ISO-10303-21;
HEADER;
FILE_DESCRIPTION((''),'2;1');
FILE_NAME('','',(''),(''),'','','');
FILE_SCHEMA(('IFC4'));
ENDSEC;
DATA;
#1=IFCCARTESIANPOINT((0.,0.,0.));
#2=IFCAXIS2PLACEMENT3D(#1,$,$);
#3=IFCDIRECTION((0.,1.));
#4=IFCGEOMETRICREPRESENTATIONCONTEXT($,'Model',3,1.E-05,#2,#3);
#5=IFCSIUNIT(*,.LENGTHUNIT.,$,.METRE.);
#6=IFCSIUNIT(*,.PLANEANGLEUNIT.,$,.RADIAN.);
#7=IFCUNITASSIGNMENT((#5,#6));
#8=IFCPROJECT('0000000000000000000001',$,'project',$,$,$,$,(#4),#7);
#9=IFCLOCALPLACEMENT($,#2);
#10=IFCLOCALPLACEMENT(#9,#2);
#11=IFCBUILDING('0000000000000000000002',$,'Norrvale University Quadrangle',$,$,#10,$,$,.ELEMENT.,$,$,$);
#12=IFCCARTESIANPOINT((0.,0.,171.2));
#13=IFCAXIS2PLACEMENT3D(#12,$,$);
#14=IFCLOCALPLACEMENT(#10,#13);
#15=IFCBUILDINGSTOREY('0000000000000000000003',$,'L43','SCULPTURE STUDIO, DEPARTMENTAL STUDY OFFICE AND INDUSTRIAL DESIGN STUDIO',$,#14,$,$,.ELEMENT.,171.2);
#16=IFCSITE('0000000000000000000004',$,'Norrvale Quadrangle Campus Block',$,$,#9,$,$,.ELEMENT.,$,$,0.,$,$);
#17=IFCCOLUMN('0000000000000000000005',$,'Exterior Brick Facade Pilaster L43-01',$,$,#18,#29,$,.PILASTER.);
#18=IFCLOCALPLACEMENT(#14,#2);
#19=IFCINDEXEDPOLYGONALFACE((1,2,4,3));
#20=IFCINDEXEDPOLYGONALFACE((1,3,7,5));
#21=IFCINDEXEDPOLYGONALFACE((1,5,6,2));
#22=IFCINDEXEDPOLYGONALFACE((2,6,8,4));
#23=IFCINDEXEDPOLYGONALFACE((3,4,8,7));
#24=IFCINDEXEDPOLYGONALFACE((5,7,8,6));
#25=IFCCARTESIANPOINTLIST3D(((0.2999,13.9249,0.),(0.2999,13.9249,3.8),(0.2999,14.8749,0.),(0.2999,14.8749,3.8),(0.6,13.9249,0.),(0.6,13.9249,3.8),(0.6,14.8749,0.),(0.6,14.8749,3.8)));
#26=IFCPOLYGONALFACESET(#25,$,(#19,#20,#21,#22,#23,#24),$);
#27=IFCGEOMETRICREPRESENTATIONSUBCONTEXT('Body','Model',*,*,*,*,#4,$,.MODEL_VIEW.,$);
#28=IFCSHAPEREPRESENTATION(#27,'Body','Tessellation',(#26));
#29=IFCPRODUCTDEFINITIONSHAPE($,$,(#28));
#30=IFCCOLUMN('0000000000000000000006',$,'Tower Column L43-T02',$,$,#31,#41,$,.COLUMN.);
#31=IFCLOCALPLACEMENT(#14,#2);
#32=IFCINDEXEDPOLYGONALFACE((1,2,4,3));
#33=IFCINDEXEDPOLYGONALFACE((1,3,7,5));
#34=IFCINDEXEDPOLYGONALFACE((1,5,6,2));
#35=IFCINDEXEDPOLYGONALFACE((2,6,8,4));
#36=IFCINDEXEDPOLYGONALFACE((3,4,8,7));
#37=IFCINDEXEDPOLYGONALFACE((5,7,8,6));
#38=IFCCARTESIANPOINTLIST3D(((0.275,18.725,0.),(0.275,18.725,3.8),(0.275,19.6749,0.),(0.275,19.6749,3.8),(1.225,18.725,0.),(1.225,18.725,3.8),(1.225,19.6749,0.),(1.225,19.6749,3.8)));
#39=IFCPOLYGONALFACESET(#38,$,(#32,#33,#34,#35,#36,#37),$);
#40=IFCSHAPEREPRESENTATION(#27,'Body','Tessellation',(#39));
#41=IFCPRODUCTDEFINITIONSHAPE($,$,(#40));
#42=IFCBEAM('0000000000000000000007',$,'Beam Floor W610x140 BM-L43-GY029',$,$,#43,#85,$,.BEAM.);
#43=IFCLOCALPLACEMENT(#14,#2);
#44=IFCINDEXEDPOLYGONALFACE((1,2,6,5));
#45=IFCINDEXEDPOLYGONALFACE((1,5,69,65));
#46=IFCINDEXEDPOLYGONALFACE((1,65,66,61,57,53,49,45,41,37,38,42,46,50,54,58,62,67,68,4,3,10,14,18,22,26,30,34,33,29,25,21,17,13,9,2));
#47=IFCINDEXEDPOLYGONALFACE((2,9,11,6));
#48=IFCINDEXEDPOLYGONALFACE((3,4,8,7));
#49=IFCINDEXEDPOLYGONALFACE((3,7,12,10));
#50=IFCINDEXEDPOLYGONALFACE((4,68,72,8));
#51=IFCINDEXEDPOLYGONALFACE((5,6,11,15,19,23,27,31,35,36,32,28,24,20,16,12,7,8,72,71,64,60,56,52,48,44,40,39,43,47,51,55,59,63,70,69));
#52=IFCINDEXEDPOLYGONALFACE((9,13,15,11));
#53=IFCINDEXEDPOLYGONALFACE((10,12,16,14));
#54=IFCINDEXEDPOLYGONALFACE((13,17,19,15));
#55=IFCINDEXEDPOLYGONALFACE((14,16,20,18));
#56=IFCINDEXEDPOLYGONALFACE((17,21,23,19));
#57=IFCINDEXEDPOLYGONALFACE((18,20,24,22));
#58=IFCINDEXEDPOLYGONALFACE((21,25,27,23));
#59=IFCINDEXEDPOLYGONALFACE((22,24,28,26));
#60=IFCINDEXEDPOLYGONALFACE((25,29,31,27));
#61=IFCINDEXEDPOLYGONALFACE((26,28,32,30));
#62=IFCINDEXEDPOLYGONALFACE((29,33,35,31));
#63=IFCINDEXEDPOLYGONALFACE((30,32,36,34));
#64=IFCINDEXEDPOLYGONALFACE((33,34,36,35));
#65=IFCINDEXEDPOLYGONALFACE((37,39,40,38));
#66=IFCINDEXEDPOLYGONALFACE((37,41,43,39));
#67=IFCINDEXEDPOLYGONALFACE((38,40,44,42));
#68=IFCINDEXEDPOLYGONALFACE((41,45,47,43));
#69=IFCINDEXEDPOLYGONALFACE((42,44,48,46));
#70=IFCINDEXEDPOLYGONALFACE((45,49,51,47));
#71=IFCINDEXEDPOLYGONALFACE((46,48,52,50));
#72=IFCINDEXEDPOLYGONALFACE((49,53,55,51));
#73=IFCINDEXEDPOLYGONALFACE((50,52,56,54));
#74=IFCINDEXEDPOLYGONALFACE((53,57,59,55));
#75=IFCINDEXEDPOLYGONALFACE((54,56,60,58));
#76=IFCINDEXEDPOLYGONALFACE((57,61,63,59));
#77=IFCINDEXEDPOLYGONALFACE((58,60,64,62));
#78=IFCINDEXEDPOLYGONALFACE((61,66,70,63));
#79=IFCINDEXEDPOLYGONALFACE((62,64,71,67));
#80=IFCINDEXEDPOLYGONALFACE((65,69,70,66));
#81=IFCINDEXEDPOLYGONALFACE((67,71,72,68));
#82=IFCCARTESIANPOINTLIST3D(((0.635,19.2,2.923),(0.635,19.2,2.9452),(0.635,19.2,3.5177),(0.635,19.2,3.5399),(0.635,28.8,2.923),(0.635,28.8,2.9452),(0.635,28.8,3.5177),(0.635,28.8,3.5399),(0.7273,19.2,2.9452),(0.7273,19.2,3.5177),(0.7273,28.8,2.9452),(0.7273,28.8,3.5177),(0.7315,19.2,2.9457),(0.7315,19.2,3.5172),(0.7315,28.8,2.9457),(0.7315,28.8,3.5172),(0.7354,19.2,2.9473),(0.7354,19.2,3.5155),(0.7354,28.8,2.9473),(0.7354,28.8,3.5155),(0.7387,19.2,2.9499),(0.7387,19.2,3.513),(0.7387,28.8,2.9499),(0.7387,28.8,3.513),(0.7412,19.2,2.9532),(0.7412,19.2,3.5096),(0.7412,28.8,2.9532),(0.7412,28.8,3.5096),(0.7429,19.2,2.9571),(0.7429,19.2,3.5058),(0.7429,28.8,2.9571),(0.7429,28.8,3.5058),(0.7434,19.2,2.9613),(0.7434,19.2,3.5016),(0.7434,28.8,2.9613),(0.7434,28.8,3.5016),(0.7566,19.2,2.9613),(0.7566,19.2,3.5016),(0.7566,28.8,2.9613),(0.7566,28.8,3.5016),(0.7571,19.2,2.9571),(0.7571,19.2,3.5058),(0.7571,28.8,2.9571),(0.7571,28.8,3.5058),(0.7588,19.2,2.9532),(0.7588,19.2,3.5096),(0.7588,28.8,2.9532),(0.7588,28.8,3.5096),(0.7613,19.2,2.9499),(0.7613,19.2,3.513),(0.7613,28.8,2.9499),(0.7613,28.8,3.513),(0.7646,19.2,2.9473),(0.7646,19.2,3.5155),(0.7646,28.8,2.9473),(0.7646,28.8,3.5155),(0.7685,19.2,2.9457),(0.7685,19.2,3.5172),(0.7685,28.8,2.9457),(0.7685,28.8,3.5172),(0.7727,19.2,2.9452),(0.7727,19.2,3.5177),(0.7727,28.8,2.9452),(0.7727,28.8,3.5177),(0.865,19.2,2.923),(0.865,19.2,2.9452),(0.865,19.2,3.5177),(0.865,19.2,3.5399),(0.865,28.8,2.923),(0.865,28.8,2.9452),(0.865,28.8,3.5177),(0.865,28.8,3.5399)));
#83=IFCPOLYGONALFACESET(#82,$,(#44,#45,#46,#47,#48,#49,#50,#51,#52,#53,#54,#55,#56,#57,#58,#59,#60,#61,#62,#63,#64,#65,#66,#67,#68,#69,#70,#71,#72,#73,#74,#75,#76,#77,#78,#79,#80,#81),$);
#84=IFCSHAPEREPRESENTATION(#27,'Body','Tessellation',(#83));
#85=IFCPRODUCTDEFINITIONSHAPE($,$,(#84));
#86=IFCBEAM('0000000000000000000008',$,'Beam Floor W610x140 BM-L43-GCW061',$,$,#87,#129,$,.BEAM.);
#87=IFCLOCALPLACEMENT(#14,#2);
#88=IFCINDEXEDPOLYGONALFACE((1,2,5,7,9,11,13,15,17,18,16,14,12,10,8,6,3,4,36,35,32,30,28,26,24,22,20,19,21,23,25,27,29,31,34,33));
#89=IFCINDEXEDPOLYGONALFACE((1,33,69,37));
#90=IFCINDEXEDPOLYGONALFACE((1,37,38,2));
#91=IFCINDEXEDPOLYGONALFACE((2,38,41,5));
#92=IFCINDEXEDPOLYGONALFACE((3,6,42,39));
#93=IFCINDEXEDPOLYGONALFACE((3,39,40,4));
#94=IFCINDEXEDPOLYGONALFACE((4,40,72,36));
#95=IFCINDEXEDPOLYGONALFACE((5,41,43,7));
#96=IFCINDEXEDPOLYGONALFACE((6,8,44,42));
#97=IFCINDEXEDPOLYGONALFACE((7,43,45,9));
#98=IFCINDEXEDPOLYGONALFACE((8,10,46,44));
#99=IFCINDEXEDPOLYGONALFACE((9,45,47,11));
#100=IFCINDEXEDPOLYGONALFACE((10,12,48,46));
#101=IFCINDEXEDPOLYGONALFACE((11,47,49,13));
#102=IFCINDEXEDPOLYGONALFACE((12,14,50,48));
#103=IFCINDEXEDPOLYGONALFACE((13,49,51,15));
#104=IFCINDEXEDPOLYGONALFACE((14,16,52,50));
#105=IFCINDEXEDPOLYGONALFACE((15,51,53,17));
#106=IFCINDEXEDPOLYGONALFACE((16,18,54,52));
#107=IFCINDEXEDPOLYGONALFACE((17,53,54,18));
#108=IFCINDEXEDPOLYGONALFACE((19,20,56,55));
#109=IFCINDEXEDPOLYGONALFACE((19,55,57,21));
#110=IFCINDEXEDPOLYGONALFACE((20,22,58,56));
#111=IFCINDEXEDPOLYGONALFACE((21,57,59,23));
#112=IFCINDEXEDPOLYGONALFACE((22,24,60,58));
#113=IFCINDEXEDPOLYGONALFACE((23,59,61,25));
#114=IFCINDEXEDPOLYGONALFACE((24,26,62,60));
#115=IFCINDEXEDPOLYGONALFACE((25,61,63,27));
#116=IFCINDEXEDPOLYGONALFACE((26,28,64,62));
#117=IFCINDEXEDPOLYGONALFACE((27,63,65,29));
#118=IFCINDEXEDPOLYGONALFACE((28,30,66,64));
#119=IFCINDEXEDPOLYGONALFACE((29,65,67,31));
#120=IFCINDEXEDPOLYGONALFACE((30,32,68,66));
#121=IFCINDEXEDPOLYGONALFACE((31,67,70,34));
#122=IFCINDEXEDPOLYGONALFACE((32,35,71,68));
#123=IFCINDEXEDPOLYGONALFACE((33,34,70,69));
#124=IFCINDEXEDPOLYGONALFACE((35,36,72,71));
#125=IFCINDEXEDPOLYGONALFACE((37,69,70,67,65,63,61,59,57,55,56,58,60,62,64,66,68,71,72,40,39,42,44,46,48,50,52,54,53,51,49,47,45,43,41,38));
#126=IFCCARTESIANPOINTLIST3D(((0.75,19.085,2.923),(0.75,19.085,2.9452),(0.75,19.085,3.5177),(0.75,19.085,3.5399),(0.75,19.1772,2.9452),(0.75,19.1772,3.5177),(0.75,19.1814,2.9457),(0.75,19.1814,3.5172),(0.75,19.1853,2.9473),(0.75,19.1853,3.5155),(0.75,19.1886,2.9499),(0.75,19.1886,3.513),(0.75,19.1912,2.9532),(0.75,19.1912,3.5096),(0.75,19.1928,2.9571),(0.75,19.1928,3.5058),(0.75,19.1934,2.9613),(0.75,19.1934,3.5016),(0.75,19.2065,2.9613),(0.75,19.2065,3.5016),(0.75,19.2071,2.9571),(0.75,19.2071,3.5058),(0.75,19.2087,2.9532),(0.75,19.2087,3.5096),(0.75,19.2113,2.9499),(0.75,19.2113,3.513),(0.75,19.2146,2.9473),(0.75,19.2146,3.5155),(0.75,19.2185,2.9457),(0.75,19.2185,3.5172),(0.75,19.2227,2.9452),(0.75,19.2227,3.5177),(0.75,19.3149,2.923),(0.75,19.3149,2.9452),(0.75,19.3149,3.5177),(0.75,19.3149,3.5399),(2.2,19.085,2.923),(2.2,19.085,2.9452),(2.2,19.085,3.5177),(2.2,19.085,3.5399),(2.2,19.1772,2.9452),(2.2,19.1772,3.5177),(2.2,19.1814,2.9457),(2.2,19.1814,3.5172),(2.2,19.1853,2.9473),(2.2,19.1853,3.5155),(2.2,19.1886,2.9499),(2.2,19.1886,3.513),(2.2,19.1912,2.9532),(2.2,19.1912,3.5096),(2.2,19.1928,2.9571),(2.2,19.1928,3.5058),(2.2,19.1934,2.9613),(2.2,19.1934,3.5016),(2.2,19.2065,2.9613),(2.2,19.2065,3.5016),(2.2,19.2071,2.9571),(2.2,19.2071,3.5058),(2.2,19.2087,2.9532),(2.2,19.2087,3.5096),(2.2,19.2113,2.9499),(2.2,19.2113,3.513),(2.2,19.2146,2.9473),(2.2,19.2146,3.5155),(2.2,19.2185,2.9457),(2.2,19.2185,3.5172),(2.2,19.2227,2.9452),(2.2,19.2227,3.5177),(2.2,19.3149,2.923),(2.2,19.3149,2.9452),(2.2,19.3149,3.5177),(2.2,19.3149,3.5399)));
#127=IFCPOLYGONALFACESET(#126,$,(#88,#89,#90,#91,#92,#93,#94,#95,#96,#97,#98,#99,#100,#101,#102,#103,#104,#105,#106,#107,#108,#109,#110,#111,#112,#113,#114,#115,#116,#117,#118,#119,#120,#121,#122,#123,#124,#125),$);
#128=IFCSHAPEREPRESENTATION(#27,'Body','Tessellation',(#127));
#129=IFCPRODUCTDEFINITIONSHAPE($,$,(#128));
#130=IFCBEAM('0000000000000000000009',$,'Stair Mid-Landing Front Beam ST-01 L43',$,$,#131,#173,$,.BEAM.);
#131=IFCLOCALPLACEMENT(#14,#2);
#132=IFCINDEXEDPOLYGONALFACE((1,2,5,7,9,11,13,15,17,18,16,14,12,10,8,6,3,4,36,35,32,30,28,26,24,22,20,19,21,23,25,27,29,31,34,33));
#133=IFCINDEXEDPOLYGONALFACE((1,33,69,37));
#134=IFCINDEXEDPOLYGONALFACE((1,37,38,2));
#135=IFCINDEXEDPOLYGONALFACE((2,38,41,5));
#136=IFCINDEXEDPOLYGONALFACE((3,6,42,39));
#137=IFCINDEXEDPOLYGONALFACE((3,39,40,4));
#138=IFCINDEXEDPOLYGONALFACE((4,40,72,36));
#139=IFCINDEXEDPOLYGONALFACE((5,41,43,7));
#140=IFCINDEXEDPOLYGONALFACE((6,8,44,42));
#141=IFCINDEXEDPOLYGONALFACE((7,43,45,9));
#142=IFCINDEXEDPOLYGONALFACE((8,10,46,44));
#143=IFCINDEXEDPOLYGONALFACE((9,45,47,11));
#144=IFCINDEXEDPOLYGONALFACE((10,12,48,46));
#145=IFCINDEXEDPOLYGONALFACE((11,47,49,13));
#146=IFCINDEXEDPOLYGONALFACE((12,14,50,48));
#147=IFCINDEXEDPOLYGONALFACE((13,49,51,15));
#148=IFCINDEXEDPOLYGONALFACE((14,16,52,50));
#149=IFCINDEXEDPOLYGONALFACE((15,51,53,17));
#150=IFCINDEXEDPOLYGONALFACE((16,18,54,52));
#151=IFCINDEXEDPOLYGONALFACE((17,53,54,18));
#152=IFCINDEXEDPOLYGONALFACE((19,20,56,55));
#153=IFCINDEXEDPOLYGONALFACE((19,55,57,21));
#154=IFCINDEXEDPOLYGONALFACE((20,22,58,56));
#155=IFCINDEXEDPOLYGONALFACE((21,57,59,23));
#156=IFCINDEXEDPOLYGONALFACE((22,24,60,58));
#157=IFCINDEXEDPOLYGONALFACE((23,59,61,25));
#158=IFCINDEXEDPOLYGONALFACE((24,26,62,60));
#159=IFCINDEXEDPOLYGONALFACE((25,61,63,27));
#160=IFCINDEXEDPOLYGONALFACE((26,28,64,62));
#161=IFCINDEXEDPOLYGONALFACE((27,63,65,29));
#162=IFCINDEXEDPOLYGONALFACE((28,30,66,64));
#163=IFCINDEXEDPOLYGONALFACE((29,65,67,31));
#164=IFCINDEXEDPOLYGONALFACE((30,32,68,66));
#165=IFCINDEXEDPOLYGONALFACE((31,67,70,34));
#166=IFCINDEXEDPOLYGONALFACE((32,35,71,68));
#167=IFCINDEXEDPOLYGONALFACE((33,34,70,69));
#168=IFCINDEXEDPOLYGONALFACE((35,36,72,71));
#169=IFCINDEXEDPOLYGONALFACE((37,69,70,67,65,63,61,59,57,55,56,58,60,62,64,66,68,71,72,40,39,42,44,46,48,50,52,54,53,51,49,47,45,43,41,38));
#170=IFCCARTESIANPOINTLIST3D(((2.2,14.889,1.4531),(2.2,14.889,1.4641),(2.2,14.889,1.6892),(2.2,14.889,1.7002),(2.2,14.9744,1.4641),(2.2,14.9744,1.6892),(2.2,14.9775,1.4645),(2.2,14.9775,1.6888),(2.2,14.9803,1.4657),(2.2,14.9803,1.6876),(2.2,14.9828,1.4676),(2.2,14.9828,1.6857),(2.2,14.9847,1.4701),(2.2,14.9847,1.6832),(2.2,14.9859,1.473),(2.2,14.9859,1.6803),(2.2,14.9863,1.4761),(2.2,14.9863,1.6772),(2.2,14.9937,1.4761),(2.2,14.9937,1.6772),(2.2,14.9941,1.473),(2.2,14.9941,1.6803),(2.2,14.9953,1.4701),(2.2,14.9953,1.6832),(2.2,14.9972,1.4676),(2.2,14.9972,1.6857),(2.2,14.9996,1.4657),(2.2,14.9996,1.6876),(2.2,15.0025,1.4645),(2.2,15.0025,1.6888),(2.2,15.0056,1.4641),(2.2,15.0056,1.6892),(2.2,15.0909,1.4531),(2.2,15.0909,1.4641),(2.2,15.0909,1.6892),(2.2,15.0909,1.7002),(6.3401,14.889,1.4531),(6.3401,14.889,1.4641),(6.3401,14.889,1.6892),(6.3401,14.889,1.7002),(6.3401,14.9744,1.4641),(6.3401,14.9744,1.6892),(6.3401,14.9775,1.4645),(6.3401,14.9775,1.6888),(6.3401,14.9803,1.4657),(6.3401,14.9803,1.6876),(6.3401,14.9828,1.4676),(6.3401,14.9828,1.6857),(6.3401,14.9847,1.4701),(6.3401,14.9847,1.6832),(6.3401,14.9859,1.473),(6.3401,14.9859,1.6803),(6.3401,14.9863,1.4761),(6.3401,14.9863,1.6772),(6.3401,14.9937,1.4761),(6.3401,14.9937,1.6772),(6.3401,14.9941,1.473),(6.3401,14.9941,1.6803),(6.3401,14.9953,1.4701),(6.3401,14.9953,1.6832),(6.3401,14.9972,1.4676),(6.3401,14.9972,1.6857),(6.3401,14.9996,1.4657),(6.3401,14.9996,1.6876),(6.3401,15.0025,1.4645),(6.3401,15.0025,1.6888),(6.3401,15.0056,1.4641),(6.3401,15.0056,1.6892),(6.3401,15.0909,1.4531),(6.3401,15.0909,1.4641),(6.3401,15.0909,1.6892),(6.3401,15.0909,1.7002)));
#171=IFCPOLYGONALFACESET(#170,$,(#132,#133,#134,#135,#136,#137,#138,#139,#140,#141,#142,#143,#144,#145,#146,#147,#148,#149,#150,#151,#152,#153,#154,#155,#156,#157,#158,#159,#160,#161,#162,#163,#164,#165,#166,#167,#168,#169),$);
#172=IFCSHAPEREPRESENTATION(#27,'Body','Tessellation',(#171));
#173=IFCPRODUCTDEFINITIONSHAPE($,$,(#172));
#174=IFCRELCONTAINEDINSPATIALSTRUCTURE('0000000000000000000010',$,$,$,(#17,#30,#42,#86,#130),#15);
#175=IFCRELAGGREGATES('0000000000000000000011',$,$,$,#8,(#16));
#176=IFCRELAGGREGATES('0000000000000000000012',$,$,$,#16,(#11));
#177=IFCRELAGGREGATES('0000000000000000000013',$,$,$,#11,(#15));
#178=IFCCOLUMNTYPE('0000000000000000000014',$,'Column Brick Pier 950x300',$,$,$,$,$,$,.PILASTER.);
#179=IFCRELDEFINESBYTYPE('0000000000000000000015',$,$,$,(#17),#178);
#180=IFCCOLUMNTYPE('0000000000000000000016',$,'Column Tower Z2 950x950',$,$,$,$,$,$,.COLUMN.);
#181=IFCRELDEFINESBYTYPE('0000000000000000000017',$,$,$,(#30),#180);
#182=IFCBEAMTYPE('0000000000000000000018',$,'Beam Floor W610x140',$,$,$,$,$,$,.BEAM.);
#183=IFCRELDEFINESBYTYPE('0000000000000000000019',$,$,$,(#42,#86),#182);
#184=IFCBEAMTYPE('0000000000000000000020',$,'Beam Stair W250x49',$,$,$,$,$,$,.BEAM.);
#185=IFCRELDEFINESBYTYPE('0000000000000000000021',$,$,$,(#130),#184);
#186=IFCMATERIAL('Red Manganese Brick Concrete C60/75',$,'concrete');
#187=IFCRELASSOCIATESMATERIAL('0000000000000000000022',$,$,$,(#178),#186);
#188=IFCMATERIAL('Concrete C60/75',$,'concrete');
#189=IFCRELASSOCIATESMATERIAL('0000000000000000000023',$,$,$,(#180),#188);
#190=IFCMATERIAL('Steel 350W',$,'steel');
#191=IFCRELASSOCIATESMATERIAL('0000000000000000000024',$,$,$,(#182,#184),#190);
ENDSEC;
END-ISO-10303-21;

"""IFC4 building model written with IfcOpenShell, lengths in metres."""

from ifc_helpers import new_model, si_unit, direction, frame, origin, origin_2d, place, context, subcontext, project, spatial, rectangle, i_section, extrude, material, material_profile, profile_set, type_object, element, save


model = new_model("IFC4")

# Units and contexts
model_context = context("Model", 3, precision=1e-05, world=origin(), true_north=direction((0.0, 1.0)))
body_context = subcontext(model_context, "Body", "Model", "MODEL_VIEW")
ifc_project = project(units=[si_unit("LENGTHUNIT", "METRE"), si_unit("PLANEANGLEUNIT", "RADIAN")], contexts=[model_context])

# Site, building, storey
site_placement = place(None, origin())
site = spatial("IfcSite", under=ifc_project, at=site_placement, Name="Norrvale Quadrangle Campus Block", CompositionType="ELEMENT", RefElevation=0.0)
building_placement = place(site_placement, origin())
building = spatial("IfcBuilding", under=site, at=building_placement, Name="Norrvale University Quadrangle", CompositionType="ELEMENT")
storey_placement = place(building_placement, frame((0.0, 0.0, 171.2)))
storey = spatial("IfcBuildingStorey", under=building, at=storey_placement, Name="L43", Description="SCULPTURE STUDIO, DEPARTMENTAL STUDY OFFICE AND INDUSTRIAL DESIGN STUDIO", CompositionType="ELEMENT", Elevation=171.2)

# Columns
ifc_material_1 = material(Name="Red Manganese Brick Concrete C60/75", Category="concrete")
ifc_material_profile_1 = material_profile(ifc_material_1, rectangle(XDim=0.95, YDim=0.3, at=origin_2d()), Name="Red Manganese Brick Concrete C60/75")
ifc_profile_set_1 = profile_set([ifc_material_profile_1], Name="Red Manganese Brick Concrete C60/75")
column_type_1 = type_object("IfcColumnType", Name="Column Brick Pier 950x300", PredefinedType="PILASTER", material=ifc_profile_set_1)
column_1_placement = place(storey_placement, frame((0.45, 14.3999, 0.0), z_axis=(0.0, 0.0, 1.0), x_axis=(0.0, 1.0, 0.0)))
element("IfcColumn", 1, at=column_1_placement, inside=storey, type_object=column_type_1, Name="Exterior Brick Facade Pilaster L43-01", PredefinedType="PILASTER", context=body_context, shape_type="SweptSolid", body=[
    extrude(rectangle(XDim=0.95, YDim=0.3, at=origin_2d()), origin(), (0.0, 0.0, 1.0), 3.8),
])
ifc_material_2 = material(Name="Concrete C60/75", Category="concrete")
ifc_material_profile_2 = material_profile(ifc_material_2, rectangle(XDim=0.95, YDim=0.95, at=origin_2d()), Name="Concrete C60/75")
ifc_profile_set_2 = profile_set([ifc_material_profile_2], Name="Concrete C60/75")
column_type_2 = type_object("IfcColumnType", Name="Column Tower Z2 950x950", PredefinedType="COLUMN", material=ifc_profile_set_2)
column_2_placement = place(storey_placement, frame((0.75, 19.2, 0.0), z_axis=(0.0, 0.0, 1.0), x_axis=(1.0, 0.0, 0.0)))
element("IfcColumn", 2, at=column_2_placement, inside=storey, type_object=column_type_2, Name="Tower Column L43-T02", PredefinedType="COLUMN", context=body_context, shape_type="SweptSolid", body=[
    extrude(rectangle(XDim=0.95, YDim=0.95, at=origin_2d()), origin(), (0.0, 0.0, 1.0), 3.8),
])

# Beams
ifc_material_3 = material(Name="Steel 350W", Category="steel")
ifc_material_profile_3 = material_profile(ifc_material_3, i_section(OverallWidth=0.23, OverallDepth=0.6169, WebThickness=0.0132, FlangeThickness=0.0222, FilletRadius=0.0161, at=origin_2d()), Name="Steel 350W")
ifc_profile_set_3 = profile_set([ifc_material_profile_3], Name="Steel 350W")
beam_type_1 = type_object("IfcBeamType", Name="Beam Floor W610x140", PredefinedType="BEAM", material=ifc_profile_set_3)
beam_1_placement = place(storey_placement, frame((0.75, 19.2, 3.2314), z_axis=(0.0, 1.0, 0.0), x_axis=(-1.0, 0.0, 0.0)))
element("IfcBeam", 3, at=beam_1_placement, inside=storey, type_object=beam_type_1, Name="Beam Floor W610x140 BM-L43-GY029", PredefinedType="BEAM", context=body_context, shape_type="SweptSolid", body=[
    extrude(i_section(OverallWidth=0.23, OverallDepth=0.6169, WebThickness=0.0132, FlangeThickness=0.0222, FilletRadius=0.0161, at=origin_2d()), origin(), (0.0, 0.0, 1.0), 9.6001),
])
beam_2_placement = place(storey_placement, frame((0.75, 19.2, 3.2314), z_axis=(1.0, 0.0, 0.0), x_axis=(0.0, 1.0, 0.0)))
element("IfcBeam", 4, at=beam_2_placement, inside=storey, type_object=beam_type_1, Name="Beam Floor W610x140 BM-L43-GCW061", PredefinedType="BEAM", context=body_context, shape_type="SweptSolid", body=[
    extrude(i_section(OverallWidth=0.23, OverallDepth=0.6169, WebThickness=0.0132, FlangeThickness=0.0222, FilletRadius=0.0161, at=origin_2d()), origin(), (0.0, 0.0, 1.0), 1.45),
])
ifc_material_profile_4 = material_profile(ifc_material_3, i_section(OverallWidth=0.2019, OverallDepth=0.2471, WebThickness=0.0073, FlangeThickness=0.011, FilletRadius=0.012, at=origin_2d()), Name="Steel 350W")
ifc_profile_set_4 = profile_set([ifc_material_profile_4], Name="Steel 350W")
beam_type_2 = type_object("IfcBeamType", Name="Beam Stair W250x49", PredefinedType="BEAM", material=ifc_profile_set_4)
for number, where, z_axis, x_axis, name in (
    (5, (2.2, 14.99, 1.5767), (1.0, 0.0, 0.0), (0.0, 1.0, 0.0), "Stair Mid-Landing Front Beam ST-01 L43"),
):
    element("IfcBeam", number, at=place(storey_placement, frame(where, z_axis=z_axis, x_axis=x_axis)), inside=storey, type_object=beam_type_2, Name=name, PredefinedType="BEAM", context=body_context, shape_type="SweptSolid", body=[
        extrude(i_section(OverallWidth=0.2019, OverallDepth=0.2471, WebThickness=0.0073, FlangeThickness=0.011, FilletRadius=0.012, at=origin_2d()), origin(), (0.0, 0.0, 1.0), 4.1401),
    ])

save(model, "model.ifc")
